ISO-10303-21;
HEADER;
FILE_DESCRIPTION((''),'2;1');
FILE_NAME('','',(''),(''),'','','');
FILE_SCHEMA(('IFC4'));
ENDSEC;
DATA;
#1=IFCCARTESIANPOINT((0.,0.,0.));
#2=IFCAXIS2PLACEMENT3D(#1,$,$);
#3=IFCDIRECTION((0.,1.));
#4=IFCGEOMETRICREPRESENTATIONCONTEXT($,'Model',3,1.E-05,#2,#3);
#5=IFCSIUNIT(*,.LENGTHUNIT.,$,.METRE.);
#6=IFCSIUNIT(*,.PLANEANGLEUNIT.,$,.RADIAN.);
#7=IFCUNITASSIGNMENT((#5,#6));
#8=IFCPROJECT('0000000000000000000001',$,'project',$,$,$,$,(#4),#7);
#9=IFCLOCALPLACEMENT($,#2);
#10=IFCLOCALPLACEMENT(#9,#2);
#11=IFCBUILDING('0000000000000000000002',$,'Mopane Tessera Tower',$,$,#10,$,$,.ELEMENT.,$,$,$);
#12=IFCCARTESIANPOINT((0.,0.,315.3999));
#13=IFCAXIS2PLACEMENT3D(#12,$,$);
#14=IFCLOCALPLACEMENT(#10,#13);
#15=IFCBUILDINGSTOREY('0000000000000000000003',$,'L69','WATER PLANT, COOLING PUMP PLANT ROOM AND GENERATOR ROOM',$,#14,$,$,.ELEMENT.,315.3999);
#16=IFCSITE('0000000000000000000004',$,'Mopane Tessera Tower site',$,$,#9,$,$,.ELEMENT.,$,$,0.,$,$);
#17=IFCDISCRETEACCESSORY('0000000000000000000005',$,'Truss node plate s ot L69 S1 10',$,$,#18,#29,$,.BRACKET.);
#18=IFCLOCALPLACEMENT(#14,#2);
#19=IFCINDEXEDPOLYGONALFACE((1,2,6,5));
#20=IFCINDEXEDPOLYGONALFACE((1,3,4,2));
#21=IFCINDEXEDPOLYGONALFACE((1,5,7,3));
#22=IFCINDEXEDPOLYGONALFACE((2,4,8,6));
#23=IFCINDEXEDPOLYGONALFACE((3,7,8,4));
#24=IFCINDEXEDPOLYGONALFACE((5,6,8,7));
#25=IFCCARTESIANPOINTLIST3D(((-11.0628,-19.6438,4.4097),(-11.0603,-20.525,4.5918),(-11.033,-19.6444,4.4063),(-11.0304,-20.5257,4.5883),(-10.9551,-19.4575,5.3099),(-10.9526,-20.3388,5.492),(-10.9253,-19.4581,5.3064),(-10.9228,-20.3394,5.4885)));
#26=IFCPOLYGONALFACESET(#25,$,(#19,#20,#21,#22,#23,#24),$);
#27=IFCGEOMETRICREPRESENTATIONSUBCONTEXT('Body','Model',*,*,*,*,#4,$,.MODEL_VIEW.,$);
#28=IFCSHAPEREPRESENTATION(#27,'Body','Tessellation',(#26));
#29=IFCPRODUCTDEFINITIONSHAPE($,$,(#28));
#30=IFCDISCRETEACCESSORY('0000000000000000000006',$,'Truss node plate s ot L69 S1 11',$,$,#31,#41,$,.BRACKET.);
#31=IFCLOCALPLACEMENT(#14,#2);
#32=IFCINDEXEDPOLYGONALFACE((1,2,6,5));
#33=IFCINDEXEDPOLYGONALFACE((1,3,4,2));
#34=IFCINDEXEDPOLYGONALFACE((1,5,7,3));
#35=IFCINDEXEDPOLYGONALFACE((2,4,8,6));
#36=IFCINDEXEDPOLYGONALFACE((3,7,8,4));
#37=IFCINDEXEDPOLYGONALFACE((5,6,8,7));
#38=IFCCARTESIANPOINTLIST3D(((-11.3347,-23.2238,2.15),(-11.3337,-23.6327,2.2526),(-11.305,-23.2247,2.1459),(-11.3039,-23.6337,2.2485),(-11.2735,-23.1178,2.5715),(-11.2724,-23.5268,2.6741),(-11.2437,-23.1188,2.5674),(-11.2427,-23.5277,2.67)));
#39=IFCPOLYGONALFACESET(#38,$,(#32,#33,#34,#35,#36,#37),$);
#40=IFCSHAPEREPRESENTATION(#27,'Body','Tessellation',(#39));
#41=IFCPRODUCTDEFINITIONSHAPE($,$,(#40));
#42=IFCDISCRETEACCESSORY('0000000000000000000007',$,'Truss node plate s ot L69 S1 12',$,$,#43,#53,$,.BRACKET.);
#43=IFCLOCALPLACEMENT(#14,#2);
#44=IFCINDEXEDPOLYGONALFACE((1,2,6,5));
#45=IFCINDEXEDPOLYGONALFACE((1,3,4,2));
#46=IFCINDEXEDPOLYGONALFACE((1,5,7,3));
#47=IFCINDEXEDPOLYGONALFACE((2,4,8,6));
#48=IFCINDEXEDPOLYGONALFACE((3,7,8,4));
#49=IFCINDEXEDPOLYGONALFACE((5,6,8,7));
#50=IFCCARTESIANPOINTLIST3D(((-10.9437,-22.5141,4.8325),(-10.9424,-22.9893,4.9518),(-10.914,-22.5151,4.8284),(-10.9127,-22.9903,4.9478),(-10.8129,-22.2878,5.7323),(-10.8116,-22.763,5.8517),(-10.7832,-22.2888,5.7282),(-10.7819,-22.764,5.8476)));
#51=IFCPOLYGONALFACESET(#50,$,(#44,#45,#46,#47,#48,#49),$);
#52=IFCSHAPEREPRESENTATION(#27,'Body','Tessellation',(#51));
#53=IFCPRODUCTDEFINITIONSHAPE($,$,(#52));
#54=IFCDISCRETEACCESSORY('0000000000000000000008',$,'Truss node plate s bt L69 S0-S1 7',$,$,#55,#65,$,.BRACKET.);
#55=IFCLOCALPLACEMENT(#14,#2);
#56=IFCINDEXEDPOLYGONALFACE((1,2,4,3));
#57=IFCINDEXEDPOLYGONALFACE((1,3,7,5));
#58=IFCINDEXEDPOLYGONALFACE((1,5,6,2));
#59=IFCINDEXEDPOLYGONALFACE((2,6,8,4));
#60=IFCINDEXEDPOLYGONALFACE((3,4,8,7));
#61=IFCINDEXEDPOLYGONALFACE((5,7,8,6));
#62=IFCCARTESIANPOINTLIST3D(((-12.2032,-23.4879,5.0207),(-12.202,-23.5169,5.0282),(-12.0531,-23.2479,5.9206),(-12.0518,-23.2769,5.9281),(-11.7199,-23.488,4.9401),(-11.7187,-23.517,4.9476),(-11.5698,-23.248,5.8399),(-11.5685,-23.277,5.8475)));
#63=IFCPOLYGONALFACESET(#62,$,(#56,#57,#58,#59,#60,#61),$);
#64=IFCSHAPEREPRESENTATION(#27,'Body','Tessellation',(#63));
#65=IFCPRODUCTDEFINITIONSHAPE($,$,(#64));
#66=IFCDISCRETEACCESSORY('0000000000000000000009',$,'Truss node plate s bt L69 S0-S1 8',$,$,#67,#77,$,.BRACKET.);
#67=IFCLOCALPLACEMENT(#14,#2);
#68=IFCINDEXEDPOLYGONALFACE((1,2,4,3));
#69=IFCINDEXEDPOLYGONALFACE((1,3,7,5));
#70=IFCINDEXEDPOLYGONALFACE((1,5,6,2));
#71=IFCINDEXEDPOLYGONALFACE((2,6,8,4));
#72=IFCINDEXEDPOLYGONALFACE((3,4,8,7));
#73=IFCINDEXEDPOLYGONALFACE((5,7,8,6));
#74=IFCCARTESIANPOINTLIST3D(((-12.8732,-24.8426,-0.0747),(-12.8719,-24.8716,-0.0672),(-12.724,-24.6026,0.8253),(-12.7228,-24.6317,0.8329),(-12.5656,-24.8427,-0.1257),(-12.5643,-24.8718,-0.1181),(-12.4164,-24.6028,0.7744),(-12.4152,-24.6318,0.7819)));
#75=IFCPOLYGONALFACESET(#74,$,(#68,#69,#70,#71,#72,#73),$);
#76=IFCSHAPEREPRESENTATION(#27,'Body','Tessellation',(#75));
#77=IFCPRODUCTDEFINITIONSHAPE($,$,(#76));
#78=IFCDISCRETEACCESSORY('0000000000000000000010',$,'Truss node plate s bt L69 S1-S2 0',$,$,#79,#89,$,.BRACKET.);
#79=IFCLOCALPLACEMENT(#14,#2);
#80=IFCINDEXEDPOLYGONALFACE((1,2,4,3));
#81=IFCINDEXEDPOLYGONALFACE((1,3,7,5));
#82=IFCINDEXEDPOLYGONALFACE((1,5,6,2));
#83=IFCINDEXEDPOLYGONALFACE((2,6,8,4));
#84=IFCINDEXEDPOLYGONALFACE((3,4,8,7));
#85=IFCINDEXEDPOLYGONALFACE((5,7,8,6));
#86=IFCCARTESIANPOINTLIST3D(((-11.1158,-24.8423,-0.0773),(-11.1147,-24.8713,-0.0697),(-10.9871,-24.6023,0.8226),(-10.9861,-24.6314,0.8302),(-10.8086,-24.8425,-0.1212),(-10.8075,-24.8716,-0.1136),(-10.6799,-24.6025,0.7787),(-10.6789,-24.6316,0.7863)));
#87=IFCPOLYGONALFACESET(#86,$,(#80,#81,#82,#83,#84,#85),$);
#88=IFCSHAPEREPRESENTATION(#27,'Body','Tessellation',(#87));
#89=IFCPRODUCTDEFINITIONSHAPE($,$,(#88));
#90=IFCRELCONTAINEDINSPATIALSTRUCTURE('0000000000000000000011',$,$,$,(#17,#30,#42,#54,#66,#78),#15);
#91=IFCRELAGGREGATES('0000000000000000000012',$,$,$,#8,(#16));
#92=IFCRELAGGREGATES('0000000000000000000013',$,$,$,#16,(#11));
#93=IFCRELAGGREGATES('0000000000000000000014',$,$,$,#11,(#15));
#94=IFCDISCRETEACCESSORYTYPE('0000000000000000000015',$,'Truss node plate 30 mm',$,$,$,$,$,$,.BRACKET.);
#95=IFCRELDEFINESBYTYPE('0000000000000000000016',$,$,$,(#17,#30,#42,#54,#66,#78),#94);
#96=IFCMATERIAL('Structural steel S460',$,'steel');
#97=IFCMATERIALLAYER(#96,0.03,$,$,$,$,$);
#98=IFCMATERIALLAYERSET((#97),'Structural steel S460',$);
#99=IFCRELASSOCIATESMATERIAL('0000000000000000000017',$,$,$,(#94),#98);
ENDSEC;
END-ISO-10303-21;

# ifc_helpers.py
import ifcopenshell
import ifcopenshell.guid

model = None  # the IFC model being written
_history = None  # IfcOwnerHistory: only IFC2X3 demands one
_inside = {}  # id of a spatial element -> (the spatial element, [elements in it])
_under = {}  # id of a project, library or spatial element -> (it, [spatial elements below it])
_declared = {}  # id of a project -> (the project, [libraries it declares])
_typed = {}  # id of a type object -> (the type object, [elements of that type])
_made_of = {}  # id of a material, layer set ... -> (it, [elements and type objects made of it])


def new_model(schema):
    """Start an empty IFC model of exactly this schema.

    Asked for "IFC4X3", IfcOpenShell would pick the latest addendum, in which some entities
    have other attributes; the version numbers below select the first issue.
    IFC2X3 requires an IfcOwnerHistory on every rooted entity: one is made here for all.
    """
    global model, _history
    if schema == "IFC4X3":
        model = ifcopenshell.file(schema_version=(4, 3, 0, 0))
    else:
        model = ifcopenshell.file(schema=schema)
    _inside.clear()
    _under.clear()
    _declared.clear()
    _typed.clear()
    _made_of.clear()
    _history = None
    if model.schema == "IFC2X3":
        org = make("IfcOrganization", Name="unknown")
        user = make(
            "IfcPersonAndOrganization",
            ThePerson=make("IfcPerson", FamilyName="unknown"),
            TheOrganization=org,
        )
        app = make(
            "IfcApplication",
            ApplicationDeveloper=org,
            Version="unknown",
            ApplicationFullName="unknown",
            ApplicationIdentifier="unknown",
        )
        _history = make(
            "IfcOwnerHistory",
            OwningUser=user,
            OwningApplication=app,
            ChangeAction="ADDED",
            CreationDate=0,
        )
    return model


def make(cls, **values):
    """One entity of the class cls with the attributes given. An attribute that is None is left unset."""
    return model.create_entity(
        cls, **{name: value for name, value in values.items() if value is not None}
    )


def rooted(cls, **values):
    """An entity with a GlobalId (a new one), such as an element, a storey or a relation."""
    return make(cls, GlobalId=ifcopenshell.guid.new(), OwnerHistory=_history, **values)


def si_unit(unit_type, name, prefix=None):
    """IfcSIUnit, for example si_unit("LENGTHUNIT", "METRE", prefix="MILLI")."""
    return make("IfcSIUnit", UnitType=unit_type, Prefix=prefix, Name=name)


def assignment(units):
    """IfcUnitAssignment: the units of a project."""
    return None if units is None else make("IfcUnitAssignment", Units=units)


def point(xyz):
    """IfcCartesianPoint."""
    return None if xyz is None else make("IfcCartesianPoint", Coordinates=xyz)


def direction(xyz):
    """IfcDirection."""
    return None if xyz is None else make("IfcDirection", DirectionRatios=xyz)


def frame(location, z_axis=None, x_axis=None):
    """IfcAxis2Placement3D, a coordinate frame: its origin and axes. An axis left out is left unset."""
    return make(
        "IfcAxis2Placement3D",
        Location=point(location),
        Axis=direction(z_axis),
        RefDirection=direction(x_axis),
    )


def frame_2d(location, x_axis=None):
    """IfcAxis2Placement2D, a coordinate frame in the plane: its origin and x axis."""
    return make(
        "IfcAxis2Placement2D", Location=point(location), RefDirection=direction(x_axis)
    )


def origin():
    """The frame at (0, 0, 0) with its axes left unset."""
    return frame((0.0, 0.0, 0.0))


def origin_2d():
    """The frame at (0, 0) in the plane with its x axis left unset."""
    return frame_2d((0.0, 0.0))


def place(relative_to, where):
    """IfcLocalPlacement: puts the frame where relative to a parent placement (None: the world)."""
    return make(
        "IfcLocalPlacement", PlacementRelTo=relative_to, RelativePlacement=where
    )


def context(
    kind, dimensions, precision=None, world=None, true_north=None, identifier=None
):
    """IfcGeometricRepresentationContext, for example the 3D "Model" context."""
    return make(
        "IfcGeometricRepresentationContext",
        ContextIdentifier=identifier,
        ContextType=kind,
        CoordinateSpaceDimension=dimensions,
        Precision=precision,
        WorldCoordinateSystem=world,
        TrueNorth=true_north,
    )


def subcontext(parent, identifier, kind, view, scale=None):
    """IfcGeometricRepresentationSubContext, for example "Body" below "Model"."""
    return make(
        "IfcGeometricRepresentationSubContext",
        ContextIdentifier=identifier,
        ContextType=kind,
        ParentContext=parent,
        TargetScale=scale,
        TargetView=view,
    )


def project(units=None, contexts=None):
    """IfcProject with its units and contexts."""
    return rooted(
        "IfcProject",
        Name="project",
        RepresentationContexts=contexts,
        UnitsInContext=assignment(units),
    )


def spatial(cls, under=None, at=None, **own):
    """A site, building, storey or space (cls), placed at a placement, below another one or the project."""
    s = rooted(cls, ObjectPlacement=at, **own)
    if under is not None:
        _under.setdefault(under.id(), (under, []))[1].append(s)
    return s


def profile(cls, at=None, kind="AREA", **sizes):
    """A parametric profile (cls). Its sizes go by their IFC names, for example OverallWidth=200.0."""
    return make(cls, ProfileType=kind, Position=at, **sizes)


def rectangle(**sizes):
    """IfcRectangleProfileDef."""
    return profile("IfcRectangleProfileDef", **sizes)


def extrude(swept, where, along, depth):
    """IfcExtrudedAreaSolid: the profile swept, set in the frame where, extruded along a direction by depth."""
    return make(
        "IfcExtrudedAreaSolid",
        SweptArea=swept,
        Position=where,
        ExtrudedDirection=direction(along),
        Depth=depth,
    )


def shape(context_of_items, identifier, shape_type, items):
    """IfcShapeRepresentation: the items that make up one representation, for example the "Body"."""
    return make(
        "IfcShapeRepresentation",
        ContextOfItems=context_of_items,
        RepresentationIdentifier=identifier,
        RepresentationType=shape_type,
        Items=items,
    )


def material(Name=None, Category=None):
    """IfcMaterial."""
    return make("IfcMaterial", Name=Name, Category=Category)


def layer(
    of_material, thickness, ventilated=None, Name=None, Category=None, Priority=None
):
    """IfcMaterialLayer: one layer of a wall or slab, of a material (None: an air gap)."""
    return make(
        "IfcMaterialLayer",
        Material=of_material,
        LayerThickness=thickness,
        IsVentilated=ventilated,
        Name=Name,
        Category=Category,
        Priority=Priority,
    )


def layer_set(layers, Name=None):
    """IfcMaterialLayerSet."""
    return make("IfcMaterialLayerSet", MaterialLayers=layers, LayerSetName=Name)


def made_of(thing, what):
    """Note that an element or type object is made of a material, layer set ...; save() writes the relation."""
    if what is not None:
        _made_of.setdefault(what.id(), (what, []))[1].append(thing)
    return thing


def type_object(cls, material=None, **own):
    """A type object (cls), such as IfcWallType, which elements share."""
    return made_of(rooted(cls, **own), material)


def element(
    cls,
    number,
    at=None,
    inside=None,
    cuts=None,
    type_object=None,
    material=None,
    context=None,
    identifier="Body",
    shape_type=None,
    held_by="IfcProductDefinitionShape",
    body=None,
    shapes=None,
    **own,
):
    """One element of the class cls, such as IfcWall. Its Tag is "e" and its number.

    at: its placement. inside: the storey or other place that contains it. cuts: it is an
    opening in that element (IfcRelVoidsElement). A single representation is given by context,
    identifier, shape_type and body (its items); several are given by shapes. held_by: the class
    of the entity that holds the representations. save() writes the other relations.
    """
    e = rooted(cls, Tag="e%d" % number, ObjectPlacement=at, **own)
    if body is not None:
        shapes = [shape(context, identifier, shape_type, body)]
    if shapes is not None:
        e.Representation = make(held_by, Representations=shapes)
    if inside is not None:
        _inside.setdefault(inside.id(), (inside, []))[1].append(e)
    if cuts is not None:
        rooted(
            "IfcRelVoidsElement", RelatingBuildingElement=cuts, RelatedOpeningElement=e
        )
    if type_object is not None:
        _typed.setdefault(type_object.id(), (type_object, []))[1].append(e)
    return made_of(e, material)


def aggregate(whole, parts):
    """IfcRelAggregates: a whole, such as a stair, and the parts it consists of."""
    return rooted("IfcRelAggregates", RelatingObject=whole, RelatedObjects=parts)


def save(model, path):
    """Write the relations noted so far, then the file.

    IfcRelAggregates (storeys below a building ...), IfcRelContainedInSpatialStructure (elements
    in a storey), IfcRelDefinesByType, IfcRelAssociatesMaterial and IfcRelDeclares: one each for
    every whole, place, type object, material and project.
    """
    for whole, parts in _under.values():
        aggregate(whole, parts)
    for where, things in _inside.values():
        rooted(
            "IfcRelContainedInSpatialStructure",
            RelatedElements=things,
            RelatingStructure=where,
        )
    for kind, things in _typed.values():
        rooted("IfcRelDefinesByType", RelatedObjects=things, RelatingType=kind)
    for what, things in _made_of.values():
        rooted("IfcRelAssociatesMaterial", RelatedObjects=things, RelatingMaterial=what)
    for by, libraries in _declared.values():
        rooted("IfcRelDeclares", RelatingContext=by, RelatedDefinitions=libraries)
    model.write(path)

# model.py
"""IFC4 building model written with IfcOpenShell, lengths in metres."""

from ifc_helpers import new_model, si_unit, direction, frame, origin, origin_2d, place, context, subcontext, project, spatial, rectangle, extrude, material, layer, layer_set, type_object, element, save


model = new_model("IFC4")

# Units and contexts
model_context = context("Model", 3, precision=1e-05, world=origin(), true_north=direction((0.0, 1.0)))
body_context = subcontext(model_context, "Body", "Model", "MODEL_VIEW")
ifc_project = project(units=[si_unit("LENGTHUNIT", "METRE"), si_unit("PLANEANGLEUNIT", "RADIAN")], contexts=[model_context])

# Site, building, storey
site_placement = place(None, origin())
site = spatial("IfcSite", under=ifc_project, at=site_placement, Name="Mopane Tessera Tower site", CompositionType="ELEMENT", RefElevation=0.0)
building_placement = place(site_placement, origin())
building = spatial("IfcBuilding", under=site, at=building_placement, Name="Mopane Tessera Tower", CompositionType="ELEMENT")
storey_placement = place(building_placement, frame((0.0, 0.0, 315.3999)))
storey = spatial("IfcBuildingStorey", under=building, at=storey_placement, Name="L69", Description="WATER PLANT, COOLING PUMP PLANT ROOM AND GENERATOR ROOM", CompositionType="ELEMENT", Elevation=315.3999)

# Discrete accessories
ifc_material_1 = material(Name="Structural steel S460", Category="steel")
ifc_layer_1 = layer(ifc_material_1, 0.03)
ifc_layer_set_1 = layer_set([ifc_layer_1], Name="Structural steel S460")
discrete_accessory_type_1 = type_object("IfcDiscreteAccessoryType", Name="Truss node plate 30 mm", PredefinedType="BRACKET", material=ifc_layer_set_1)
discrete_accessory_1_placement = place(storey_placement, frame((-11.0466, -20.0847, 4.499), z_axis=(0.116332, 0.201274, 0.972603), x_axis=(0.993206, -0.020792, -0.114494)))
element("IfcDiscreteAccessory", 1, at=discrete_accessory_1_placement, inside=storey, type_object=discrete_accessory_type_1, Name="Truss node plate s ot L69 S1 10", PredefinedType="BRACKET", context=body_context, shape_type="SweptSolid", body=[
    extrude(rectangle(XDim=0.03, YDim=0.8999, at=origin_2d()), origin(), (0.0, 0.0, 1.0), 0.9255),
])
discrete_accessory_2_placement = place(storey_placement, frame((-11.3193, -23.4287, 2.1992), z_axis=(0.139576, 0.241339, 0.960351), x_axis=(0.990208, -0.031543, -0.135989)))
element("IfcDiscreteAccessory", 2, at=discrete_accessory_2_placement, inside=storey, type_object=discrete_accessory_type_1, Name="Truss node plate s ot L69 S1 11", PredefinedType="BRACKET", context=body_context, shape_type="SweptSolid", body=[
    extrude(rectangle(XDim=0.03, YDim=0.4216, at=origin_2d()), origin(), (0.0, 0.0, 1.0), 0.439),
])
discrete_accessory_3_placement = place(storey_placement, frame((-10.9282, -22.7522, 4.8901), z_axis=(0.139642, 0.241508, 0.960299), x_axis=(0.990199, -0.031467, -0.136076)))
element("IfcDiscreteAccessory", 3, at=discrete_accessory_3_placement, inside=storey, type_object=discrete_accessory_type_1, Name="Truss node plate s ot L69 S1 12", PredefinedType="BRACKET", context=body_context, shape_type="SweptSolid", body=[
    extrude(rectangle(XDim=0.03, YDim=0.49, at=origin_2d()), origin(), (0.0, 0.0, 1.0), 0.937),
])
discrete_accessory_4_placement = place(storey_placement, frame((-11.9609, -23.5024, 4.9841), z_axis=(0.159158, 0.254394, 0.953914), x_axis=(-0.041685, 0.967101, -0.250956)))
element("IfcDiscreteAccessory", 4, at=discrete_accessory_4_placement, inside=storey, type_object=discrete_accessory_type_1, Name="Truss node plate s bt L69 S0-S1 7", PredefinedType="BRACKET", context=body_context, shape_type="SweptSolid", body=[
    extrude(rectangle(XDim=0.03, YDim=0.49, at=origin_2d()), origin(), (0.0, 0.0, 1.0), 0.9434),
])
discrete_accessory_5_placement = place(storey_placement, frame((-12.7188, -24.8572, -0.0964), z_axis=(0.15811, 0.254373, 0.954094), x_axis=(-0.041192, 0.967106, -0.251016)))
element("IfcDiscreteAccessory", 5, at=discrete_accessory_5_placement, inside=storey, type_object=discrete_accessory_type_1, Name="Truss node plate s bt L69 S0-S1 8", PredefinedType="BRACKET", context=body_context, shape_type="SweptSolid", body=[
    extrude(rectangle(XDim=0.03, YDim=0.3118, at=origin_2d()), origin(), (0.0, 0.0, 1.0), 0.9434),
])
discrete_accessory_6_placement = place(storey_placement, frame((-10.9617, -24.8569, -0.0955), z_axis=(0.136846, 0.255255, 0.957141), x_axis=(-0.035428, 0.966874, -0.252785)))
element("IfcDiscreteAccessory", 6, at=discrete_accessory_6_placement, inside=storey, type_object=discrete_accessory_type_1, Name="Truss node plate s bt L69 S1-S2 0", PredefinedType="BRACKET", context=body_context, shape_type="SweptSolid", body=[
    extrude(rectangle(XDim=0.03, YDim=0.3103, at=origin_2d()), origin(), (0.0, 0.0, 1.0), 0.9402),
])

save(model, "model.ifc")
